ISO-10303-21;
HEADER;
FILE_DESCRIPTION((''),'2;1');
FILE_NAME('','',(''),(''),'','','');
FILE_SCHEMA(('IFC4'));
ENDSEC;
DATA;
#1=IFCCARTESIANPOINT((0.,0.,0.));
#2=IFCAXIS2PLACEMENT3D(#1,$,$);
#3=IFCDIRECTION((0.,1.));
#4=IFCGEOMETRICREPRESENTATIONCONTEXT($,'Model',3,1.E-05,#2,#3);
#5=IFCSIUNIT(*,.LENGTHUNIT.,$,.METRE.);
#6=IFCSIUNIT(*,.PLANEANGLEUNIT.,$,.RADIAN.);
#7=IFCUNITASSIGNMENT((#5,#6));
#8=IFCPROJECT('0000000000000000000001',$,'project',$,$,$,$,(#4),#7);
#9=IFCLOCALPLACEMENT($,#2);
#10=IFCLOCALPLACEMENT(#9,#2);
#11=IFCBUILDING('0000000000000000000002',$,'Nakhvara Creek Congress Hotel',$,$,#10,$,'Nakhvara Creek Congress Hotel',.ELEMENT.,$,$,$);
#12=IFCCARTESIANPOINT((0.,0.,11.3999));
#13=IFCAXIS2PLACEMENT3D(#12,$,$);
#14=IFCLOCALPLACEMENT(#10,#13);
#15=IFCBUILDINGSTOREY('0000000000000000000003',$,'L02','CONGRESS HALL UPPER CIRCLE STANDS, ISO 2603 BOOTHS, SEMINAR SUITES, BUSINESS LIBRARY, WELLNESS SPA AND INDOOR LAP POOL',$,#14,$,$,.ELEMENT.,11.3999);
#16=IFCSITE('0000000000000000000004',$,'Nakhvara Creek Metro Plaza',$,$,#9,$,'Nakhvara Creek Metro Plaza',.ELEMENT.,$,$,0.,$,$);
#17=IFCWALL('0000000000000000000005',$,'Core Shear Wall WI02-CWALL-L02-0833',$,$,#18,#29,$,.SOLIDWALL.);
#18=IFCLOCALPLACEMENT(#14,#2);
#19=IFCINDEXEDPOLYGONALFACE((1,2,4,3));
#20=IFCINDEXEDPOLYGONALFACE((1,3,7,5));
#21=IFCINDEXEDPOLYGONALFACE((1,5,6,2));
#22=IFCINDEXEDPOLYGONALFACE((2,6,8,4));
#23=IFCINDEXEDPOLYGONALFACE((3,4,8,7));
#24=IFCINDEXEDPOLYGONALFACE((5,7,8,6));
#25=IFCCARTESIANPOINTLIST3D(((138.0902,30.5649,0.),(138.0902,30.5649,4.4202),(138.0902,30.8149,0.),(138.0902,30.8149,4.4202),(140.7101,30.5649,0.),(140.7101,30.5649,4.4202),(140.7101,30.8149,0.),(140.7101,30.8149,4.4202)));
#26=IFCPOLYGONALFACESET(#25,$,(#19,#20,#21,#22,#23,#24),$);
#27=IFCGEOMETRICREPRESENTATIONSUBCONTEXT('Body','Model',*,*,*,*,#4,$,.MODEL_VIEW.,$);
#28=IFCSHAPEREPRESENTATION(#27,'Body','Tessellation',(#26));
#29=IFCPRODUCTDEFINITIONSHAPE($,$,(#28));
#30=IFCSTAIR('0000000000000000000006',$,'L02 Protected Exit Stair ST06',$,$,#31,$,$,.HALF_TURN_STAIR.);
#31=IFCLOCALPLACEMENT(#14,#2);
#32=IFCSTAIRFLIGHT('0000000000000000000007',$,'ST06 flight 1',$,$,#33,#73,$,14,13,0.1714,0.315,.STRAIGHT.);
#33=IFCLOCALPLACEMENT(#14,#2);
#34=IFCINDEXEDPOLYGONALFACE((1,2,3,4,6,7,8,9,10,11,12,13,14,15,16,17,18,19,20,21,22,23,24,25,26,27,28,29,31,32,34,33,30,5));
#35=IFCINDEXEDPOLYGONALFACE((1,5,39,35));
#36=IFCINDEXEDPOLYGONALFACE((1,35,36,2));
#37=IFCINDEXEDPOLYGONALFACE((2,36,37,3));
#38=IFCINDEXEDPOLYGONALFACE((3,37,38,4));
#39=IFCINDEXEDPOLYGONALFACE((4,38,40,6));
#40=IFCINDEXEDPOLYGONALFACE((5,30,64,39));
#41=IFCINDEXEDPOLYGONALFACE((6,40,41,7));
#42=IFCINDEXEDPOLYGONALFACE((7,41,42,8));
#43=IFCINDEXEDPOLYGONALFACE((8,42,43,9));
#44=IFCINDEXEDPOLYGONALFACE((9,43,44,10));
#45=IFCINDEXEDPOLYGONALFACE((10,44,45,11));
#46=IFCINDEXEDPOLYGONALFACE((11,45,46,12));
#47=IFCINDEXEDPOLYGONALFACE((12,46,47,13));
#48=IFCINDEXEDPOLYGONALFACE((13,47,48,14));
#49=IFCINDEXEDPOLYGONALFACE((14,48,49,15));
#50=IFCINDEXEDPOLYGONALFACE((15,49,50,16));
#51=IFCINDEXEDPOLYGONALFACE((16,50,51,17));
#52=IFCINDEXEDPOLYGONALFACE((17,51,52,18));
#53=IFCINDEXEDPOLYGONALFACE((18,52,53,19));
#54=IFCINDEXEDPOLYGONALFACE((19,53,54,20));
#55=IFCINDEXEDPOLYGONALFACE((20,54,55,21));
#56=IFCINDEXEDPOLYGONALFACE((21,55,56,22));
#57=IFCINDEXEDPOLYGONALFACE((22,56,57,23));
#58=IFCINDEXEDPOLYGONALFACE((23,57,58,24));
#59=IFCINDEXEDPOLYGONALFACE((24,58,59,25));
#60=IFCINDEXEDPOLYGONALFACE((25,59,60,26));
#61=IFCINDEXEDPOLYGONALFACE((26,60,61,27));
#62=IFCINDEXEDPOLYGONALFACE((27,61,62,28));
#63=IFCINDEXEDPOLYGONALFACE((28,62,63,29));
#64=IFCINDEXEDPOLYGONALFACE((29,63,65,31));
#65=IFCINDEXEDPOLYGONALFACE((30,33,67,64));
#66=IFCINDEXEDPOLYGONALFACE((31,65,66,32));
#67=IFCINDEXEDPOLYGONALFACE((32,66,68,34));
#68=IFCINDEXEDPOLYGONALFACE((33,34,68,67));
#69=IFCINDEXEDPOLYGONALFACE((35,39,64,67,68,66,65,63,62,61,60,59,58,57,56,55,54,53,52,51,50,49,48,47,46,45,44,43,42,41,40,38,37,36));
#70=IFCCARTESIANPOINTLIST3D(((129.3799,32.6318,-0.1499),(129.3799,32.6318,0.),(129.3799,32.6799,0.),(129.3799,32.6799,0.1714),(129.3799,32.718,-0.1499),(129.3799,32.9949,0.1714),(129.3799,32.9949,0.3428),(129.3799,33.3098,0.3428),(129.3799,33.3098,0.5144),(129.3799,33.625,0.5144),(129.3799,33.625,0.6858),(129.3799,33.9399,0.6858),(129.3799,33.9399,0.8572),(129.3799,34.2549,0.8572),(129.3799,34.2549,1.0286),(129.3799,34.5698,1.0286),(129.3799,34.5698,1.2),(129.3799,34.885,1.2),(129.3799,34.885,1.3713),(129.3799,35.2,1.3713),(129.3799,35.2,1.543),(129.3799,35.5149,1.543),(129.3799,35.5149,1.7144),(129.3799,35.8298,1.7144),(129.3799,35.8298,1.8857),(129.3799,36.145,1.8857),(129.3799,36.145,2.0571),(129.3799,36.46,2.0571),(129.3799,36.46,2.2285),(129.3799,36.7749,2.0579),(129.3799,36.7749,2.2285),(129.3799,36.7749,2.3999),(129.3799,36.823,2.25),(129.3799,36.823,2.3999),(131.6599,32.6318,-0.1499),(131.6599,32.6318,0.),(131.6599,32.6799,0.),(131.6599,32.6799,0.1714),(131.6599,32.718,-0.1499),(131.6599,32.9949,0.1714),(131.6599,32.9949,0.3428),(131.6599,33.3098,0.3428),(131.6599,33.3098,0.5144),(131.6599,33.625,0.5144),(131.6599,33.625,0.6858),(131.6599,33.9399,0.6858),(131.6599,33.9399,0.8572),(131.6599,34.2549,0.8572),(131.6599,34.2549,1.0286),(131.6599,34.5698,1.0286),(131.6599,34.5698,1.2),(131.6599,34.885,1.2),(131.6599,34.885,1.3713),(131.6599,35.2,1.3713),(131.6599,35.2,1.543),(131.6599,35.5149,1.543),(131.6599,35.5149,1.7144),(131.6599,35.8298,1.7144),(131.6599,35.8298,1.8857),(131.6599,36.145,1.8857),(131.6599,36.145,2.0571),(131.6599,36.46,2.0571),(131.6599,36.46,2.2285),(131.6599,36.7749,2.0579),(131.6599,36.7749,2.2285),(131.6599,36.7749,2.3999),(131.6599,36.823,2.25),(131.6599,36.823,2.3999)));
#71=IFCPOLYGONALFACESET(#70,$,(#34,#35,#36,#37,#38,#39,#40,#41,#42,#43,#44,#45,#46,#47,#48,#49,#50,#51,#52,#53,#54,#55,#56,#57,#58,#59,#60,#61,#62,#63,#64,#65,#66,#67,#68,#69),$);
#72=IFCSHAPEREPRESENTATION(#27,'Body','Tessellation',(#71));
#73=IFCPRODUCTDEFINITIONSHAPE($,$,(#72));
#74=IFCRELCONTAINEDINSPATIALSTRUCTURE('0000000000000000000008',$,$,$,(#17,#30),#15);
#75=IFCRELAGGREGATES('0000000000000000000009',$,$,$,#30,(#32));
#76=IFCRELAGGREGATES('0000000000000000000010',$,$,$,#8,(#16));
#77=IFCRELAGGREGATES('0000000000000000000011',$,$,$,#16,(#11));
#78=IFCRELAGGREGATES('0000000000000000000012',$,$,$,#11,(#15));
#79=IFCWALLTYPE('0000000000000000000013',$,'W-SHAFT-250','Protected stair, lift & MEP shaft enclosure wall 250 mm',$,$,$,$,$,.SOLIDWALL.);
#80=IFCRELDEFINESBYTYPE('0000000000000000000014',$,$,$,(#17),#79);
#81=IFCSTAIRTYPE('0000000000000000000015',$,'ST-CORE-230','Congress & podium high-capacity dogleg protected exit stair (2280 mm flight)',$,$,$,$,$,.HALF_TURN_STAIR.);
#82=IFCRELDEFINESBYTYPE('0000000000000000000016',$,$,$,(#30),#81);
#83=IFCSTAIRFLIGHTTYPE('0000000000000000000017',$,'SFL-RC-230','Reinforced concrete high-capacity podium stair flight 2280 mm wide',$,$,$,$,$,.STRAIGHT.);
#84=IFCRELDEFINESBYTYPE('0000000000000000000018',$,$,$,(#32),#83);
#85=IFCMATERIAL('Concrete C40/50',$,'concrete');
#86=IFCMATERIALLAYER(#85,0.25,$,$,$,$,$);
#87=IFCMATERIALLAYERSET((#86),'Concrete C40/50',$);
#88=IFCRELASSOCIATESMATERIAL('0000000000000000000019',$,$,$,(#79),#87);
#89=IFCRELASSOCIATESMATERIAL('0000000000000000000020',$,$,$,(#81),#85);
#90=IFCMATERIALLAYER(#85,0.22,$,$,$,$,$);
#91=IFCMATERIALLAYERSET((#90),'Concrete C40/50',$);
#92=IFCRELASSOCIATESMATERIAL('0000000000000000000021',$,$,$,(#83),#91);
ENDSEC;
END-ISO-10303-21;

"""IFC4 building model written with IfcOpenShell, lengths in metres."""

from ifc_helpers import new_model, si_unit, direction, frame, frame_2d, origin, place, context, subcontext, project, spatial, polyline, rectangle, outline, extrude, material, layer, layer_set, type_object, element, aggregate, save


model = new_model("IFC4")

# Units and contexts
model_context = context("Model", 3, precision=1e-05, world=origin(), true_north=direction((0.0, 1.0)))
body_context = subcontext(model_context, "Body", "Model", "MODEL_VIEW")
ifc_project = project(units=[si_unit("LENGTHUNIT", "METRE"), si_unit("PLANEANGLEUNIT", "RADIAN")], contexts=[model_context])

# Site, building, storey
site_placement = place(None, origin())
site = spatial("IfcSite", under=ifc_project, at=site_placement, Name="Nakhvara Creek Metro Plaza", LongName="Nakhvara Creek Metro Plaza", CompositionType="ELEMENT", RefElevation=0.0)
building_placement = place(site_placement, origin())
building = spatial("IfcBuilding", under=site, at=building_placement, Name="Nakhvara Creek Congress Hotel", LongName="Nakhvara Creek Congress Hotel", CompositionType="ELEMENT")
storey_placement = place(building_placement, frame((0.0, 0.0, 11.3999)))
storey = spatial("IfcBuildingStorey", under=building, at=storey_placement, Name="L02", Description="CONGRESS HALL UPPER CIRCLE STANDS, ISO 2603 BOOTHS, SEMINAR SUITES, BUSINESS LIBRARY, WELLNESS SPA AND INDOOR LAP POOL", CompositionType="ELEMENT", Elevation=11.3999)

# Shared definitions
ifc_material_1 = material(Name="Concrete C40/50", Category="concrete")

# Wall
ifc_layer_1 = layer(ifc_material_1, 0.25)
ifc_layer_set_1 = layer_set([ifc_layer_1], Name="Concrete C40/50")
wall_type_1 = type_object("IfcWallType", Name="W-SHAFT-250", Description="Protected stair, lift & MEP shaft enclosure wall 250 mm", PredefinedType="SOLIDWALL", material=ifc_layer_set_1)
wall_1_placement = place(storey_placement, frame((138.0901, 30.6899, 0.0), z_axis=(0.0, 0.0, 1.0), x_axis=(1.0, 0.0, 0.0)))
element("IfcWall", 1, at=wall_1_placement, inside=storey, type_object=wall_type_1, Name="Core Shear Wall WI02-CWALL-L02-0833", PredefinedType="SOLIDWALL", context=body_context, shape_type="SweptSolid", body=[
    extrude(rectangle(XDim=2.6199, YDim=0.25, at=frame_2d((1.3101, 0.0))), origin(), (0.0, 0.0, 1.0), 4.4202),
])

# Stair, stair flight
stair_type = type_object("IfcStairType", Name="ST-CORE-230", Description="Congress & podium high-capacity dogleg protected exit stair (2280 mm flight)", PredefinedType="HALF_TURN_STAIR", material=ifc_material_1)
stair_placement = place(storey_placement, origin())
stair = element("IfcStair", 2, at=stair_placement, inside=storey, type_object=stair_type, Name="L02 Protected Exit Stair ST06", PredefinedType="HALF_TURN_STAIR")
ifc_layer_2 = layer(ifc_material_1, 0.22)
ifc_layer_set_2 = layer_set([ifc_layer_2], Name="Concrete C40/50")
stair_flight_type = type_object("IfcStairFlightType", Name="SFL-RC-230", Description="Reinforced concrete high-capacity podium stair flight 2280 mm wide", PredefinedType="STRAIGHT", material=ifc_layer_set_2)
stair_flight_placement = place(storey_placement, frame((130.52, 32.6799, 0.0), z_axis=(0.0, 0.0, 1.0), x_axis=(0.0, 1.0, 0.0)))
stair_flight = element("IfcStairFlight", 3, at=stair_flight_placement, type_object=stair_flight_type, Name="ST06 flight 1", NumberOfRisers=14, NumberOfTreads=13, PredefinedType="STRAIGHT", RiserHeight=0.1714, TreadLength=0.315, context=body_context, shape_type="SweptSolid", body=[
    extrude(outline(polyline([(-0.0481, 0.0), (0.0, 0.0), (0.0, 0.1714), (0.3149, 0.1714), (0.3149, 0.3428), (0.6299, 0.3428), (0.6299, 0.5144), (0.9451, 0.5144), (0.9451, 0.6858), (1.26, 0.6858), (1.26, 0.8572), (1.575, 0.8572), (1.575, 1.0286), (1.8899, 1.0286), (1.8899, 1.2), (2.2051, 1.2), (2.2051, 1.3713), (2.52, 1.3713), (2.52, 1.543), (2.835, 1.543), (2.835, 1.7144), (3.1499, 1.7144), (3.1499, 1.8857), (3.4651, 1.8857), (3.4651, 2.0571), (3.78, 2.0571), (3.78, 2.2285), (4.095, 2.2285), (4.095, 2.3999), (4.1431, 2.3999), (4.1431, 2.25), (4.095, 2.0579), (0.0381, -0.1499), (-0.0481, -0.1499), (-0.0481, 0.0)])), frame((0.0, 1.1401, 0.0), z_axis=(0.0, -1.0, 0.0), x_axis=(1.0, 0.0, 0.0)), (0.0, 0.0, 1.0), 2.28),
])
aggregate(stair, [stair_flight])

save(model, "model.ifc")
